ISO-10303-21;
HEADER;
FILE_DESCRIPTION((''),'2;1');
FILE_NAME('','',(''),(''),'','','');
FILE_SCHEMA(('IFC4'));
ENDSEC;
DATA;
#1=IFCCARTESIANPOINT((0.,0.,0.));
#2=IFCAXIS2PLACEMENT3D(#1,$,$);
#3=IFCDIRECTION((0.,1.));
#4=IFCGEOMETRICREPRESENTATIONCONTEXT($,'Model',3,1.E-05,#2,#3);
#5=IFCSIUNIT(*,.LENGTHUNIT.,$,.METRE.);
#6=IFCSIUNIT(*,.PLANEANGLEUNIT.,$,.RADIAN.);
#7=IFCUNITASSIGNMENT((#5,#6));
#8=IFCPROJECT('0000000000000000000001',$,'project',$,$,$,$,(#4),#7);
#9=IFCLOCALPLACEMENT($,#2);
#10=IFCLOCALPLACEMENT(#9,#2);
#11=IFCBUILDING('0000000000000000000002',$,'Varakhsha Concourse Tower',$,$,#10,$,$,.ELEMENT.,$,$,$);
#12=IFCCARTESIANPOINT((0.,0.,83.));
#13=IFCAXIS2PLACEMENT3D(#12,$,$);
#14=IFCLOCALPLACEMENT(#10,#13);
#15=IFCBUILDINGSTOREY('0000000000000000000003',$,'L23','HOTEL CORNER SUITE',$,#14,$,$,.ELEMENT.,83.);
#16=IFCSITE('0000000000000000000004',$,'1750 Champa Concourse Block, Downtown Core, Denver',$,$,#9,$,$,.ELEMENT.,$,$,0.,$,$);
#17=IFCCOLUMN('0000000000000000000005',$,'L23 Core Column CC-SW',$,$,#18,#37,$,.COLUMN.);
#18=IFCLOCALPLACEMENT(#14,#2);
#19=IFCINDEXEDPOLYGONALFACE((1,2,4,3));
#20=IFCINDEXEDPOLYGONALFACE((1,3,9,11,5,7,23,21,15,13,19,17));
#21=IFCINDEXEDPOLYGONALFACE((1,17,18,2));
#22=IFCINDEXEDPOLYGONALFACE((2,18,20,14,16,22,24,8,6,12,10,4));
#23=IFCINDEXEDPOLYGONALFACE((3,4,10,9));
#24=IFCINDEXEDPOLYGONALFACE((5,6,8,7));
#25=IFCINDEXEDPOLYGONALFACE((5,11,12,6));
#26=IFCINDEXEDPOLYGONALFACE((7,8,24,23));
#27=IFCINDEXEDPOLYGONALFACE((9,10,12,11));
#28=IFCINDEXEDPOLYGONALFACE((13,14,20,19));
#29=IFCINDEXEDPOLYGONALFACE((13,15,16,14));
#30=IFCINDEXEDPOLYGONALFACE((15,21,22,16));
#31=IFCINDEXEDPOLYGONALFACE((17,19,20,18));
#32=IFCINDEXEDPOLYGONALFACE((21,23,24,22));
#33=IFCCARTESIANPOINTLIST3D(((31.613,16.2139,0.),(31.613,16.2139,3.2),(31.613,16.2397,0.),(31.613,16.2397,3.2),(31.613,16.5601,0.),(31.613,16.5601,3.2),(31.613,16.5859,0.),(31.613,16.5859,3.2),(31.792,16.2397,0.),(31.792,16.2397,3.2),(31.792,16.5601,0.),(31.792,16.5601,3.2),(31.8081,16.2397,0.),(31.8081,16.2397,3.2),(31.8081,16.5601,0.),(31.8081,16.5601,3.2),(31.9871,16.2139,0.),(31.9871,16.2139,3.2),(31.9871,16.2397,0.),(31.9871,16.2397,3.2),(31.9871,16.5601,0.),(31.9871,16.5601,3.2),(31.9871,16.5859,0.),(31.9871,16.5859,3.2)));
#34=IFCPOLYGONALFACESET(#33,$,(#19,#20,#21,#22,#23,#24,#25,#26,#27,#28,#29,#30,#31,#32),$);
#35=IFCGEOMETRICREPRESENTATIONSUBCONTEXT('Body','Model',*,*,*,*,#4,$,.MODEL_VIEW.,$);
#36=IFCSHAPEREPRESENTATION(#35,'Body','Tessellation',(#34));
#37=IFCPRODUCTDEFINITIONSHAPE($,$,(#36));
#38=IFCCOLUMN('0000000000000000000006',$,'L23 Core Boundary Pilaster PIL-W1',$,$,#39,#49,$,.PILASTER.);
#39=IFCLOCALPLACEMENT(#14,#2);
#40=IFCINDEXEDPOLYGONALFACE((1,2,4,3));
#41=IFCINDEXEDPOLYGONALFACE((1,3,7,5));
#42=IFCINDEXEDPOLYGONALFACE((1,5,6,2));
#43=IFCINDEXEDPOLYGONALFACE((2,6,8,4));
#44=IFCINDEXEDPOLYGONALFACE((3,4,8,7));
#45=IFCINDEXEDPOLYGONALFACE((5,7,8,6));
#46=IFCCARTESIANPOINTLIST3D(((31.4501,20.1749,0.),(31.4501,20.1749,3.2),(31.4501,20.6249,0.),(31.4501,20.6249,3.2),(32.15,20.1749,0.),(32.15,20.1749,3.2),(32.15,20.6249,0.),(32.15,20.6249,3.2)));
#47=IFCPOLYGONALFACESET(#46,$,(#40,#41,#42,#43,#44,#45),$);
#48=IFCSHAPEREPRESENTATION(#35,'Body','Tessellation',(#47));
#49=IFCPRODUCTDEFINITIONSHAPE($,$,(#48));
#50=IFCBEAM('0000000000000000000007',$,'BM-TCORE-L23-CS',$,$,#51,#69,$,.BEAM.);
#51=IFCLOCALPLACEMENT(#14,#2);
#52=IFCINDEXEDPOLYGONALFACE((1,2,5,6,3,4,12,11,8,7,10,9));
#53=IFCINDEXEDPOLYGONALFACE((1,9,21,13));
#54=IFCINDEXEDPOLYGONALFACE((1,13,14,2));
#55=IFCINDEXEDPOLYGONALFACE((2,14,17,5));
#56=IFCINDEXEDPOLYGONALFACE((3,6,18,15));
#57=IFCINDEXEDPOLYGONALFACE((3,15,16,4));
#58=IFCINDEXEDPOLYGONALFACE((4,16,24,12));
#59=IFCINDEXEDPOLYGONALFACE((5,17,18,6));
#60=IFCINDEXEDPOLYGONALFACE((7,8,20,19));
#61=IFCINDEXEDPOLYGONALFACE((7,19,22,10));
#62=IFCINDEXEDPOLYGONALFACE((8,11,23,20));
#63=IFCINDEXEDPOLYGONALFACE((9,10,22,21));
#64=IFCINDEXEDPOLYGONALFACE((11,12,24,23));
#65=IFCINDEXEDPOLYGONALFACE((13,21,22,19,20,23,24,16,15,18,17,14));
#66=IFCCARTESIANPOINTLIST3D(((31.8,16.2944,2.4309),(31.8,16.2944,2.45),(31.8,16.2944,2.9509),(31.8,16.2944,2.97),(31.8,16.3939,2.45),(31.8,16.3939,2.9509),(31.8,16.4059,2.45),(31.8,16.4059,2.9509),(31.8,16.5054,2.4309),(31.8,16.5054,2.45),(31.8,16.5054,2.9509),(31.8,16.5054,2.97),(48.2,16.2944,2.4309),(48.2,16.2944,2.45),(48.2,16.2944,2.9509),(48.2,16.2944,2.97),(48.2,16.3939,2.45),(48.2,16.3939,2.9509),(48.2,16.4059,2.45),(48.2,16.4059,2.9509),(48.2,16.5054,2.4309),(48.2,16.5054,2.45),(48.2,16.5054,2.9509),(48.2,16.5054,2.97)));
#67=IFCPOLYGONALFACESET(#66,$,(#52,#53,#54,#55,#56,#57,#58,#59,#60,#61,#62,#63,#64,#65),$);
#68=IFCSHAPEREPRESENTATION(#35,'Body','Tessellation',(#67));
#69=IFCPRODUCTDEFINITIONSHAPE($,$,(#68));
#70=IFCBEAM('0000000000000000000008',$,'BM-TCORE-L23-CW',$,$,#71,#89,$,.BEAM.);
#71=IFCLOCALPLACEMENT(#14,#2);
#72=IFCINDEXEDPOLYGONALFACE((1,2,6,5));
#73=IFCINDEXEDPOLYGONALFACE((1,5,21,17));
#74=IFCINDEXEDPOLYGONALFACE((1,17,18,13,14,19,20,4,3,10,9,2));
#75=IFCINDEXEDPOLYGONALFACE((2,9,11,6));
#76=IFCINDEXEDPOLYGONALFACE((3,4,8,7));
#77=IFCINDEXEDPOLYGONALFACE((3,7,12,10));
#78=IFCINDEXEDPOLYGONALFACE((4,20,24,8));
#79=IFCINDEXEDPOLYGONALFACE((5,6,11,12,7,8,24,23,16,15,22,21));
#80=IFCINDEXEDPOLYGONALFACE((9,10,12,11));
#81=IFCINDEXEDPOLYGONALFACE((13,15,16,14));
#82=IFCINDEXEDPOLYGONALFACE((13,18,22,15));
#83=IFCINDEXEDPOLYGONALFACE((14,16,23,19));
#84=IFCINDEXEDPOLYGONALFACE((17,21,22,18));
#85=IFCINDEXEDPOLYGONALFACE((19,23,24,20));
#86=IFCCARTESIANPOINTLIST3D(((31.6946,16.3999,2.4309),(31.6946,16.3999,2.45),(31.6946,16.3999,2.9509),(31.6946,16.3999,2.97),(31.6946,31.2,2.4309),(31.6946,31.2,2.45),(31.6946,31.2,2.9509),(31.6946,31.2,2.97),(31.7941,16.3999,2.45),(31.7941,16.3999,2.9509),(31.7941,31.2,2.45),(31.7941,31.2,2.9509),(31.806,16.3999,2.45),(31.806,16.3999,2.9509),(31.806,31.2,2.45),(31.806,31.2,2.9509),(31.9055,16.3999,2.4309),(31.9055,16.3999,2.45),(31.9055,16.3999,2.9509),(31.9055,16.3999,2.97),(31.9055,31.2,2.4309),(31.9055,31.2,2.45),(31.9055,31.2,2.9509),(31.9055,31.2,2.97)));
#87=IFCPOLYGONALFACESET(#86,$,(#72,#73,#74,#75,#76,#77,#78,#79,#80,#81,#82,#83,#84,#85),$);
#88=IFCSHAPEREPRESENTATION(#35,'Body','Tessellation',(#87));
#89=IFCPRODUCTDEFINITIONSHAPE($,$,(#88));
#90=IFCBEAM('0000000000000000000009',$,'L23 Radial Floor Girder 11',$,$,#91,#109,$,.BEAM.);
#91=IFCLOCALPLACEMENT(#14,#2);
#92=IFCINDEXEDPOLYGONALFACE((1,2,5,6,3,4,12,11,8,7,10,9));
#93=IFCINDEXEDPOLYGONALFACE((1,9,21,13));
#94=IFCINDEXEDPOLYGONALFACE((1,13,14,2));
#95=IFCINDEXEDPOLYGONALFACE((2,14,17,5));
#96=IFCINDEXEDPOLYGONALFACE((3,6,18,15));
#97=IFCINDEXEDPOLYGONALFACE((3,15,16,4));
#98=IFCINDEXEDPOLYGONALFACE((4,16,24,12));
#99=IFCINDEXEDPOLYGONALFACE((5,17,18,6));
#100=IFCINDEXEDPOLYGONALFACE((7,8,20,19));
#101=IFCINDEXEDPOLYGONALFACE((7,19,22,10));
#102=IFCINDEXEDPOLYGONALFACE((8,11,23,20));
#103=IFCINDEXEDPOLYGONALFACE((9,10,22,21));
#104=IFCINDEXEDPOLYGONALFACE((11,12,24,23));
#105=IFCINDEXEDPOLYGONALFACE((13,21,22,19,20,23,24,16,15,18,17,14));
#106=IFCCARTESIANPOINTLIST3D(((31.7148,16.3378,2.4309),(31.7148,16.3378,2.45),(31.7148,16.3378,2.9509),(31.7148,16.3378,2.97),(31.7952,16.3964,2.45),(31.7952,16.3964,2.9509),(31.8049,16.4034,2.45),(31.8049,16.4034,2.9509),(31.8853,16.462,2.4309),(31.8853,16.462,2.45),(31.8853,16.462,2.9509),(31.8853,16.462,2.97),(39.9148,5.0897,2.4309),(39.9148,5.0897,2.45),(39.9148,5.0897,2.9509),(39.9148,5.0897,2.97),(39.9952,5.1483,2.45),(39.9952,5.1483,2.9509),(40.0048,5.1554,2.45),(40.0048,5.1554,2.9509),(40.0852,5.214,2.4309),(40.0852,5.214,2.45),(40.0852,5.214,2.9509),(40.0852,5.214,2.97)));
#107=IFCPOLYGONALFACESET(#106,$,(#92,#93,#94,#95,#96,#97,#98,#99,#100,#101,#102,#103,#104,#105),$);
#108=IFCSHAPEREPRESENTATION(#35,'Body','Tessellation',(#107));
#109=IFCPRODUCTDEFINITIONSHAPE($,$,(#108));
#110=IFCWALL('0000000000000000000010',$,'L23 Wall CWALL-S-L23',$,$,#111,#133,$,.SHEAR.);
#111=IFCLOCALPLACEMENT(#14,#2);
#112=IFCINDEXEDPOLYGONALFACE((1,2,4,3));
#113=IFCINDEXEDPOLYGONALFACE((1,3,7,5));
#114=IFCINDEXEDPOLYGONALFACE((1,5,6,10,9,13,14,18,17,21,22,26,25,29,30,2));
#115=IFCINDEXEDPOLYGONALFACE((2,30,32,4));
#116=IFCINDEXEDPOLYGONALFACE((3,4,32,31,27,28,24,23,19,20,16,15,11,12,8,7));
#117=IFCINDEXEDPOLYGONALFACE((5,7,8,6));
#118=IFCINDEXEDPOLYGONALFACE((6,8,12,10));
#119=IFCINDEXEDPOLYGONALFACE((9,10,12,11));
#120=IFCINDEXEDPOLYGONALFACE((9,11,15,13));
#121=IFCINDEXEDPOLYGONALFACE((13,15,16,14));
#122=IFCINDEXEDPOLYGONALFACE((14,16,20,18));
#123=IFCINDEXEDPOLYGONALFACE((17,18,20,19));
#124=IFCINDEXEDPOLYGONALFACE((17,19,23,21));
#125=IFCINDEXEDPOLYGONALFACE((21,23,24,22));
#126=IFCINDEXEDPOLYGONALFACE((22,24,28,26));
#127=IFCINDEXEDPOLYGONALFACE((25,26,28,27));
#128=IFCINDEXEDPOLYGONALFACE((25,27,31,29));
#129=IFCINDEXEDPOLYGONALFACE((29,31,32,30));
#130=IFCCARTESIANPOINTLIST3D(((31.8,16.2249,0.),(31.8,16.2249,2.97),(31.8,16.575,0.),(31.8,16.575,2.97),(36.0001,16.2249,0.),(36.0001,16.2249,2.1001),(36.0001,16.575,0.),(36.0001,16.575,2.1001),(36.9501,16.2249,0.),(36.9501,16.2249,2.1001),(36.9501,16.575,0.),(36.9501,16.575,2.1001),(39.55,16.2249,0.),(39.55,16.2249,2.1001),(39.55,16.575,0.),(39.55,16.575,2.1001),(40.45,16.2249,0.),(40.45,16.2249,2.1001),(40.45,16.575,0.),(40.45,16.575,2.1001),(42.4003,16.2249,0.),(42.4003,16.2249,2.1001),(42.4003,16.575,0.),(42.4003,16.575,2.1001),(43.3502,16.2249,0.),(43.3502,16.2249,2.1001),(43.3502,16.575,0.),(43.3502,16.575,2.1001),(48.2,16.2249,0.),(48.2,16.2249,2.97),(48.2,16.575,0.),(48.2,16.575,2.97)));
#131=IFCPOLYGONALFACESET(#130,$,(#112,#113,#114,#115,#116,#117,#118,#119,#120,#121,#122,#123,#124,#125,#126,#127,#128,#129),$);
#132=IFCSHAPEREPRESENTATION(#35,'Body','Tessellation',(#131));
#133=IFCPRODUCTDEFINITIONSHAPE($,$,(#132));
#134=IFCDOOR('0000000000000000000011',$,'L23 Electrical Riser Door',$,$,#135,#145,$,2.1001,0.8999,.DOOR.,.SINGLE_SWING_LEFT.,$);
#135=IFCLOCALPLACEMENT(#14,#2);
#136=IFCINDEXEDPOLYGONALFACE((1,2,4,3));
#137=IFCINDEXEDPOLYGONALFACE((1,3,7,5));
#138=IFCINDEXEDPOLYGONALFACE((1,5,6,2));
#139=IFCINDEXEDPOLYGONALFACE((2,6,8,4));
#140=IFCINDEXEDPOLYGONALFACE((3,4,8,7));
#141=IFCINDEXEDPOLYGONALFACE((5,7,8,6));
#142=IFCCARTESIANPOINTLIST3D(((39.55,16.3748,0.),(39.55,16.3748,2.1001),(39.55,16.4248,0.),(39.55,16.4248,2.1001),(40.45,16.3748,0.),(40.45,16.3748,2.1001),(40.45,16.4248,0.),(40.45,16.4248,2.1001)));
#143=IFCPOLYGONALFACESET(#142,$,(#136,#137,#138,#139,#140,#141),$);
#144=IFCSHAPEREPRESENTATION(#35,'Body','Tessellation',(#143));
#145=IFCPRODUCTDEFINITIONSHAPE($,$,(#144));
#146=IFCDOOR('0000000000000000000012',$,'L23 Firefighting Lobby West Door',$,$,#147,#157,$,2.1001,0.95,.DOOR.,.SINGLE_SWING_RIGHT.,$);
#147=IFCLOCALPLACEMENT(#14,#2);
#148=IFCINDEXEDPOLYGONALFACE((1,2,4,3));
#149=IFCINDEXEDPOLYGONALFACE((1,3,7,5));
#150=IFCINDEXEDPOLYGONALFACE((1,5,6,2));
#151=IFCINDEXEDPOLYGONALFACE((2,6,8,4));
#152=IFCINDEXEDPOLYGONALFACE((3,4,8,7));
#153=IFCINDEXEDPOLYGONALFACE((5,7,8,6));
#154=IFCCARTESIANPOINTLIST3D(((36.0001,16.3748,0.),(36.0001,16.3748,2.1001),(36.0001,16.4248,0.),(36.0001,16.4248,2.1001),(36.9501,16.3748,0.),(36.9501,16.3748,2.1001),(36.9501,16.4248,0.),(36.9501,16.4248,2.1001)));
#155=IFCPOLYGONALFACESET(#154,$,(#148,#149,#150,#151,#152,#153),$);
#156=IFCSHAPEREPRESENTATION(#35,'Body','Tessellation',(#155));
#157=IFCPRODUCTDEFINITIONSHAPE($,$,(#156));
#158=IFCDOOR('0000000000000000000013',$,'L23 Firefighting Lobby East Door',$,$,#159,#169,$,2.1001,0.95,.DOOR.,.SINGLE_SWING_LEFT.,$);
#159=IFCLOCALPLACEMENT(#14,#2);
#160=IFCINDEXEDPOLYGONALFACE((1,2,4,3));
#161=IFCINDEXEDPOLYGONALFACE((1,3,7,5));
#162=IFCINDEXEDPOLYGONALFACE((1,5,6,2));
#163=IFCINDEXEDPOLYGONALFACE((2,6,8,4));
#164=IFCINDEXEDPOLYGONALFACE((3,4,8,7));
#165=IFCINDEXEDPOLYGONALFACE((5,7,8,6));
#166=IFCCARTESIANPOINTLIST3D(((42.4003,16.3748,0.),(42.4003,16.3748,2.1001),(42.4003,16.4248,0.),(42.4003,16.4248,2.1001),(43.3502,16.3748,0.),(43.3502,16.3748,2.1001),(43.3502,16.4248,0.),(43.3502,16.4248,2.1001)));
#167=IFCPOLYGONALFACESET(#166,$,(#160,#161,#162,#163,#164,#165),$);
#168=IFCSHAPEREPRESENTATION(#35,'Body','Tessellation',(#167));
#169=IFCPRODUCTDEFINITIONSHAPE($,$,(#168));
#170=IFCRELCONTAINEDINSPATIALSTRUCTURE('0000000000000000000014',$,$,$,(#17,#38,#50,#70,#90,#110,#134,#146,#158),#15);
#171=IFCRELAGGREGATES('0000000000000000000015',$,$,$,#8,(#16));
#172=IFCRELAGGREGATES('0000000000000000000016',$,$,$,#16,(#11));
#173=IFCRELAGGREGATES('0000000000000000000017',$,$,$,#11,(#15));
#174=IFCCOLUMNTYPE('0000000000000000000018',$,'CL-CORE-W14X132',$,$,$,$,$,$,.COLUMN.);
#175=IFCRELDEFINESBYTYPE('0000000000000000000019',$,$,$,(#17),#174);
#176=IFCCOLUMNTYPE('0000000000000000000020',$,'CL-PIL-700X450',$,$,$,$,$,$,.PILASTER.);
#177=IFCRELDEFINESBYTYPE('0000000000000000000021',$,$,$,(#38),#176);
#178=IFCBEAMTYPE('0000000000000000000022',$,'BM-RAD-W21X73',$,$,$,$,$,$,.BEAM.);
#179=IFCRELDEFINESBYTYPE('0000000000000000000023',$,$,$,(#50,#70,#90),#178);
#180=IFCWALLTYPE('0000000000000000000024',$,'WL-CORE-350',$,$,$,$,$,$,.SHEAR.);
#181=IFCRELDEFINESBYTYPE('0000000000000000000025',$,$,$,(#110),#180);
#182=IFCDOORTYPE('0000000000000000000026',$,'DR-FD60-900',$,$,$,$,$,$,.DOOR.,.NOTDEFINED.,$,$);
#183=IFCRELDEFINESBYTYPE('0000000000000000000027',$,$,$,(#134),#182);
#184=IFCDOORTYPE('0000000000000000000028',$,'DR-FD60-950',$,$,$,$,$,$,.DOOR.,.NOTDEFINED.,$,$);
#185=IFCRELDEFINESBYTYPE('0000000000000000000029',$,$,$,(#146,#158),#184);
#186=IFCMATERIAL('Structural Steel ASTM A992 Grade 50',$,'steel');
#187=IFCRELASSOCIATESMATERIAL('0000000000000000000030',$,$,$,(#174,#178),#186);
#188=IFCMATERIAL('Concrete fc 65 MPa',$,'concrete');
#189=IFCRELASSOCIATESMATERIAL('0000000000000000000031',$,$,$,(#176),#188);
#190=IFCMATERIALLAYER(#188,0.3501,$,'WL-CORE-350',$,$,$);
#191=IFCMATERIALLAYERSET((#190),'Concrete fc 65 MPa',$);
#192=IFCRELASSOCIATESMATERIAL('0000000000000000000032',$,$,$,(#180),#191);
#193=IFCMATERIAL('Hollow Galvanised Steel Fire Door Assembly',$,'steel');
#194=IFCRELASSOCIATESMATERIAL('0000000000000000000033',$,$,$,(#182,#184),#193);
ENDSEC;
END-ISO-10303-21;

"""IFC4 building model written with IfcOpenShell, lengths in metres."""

from ifc_helpers import new_model, si_unit, direction, frame, frame_2d, origin, origin_2d, place, context, subcontext, project, spatial, rectangle, i_section, extrude, material, layer, layer_set, material_profile, profile_set, type_object, element, fill, save


model = new_model("IFC4")

# Units and contexts
model_context = context("Model", 3, precision=1e-05, world=origin(), true_north=direction((0.0, 1.0)))
body_context = subcontext(model_context, "Body", "Model", "MODEL_VIEW")
ifc_project = project(units=[si_unit("LENGTHUNIT", "METRE"), si_unit("PLANEANGLEUNIT", "RADIAN")], contexts=[model_context])

# Site, building, storey
site_placement = place(None, origin())
site = spatial("IfcSite", under=ifc_project, at=site_placement, Name="1750 Champa Concourse Block, Downtown Core, Denver", CompositionType="ELEMENT", RefElevation=0.0)
building_placement = place(site_placement, origin())
building = spatial("IfcBuilding", under=site, at=building_placement, Name="Varakhsha Concourse Tower", CompositionType="ELEMENT")
storey_placement = place(building_placement, frame((0.0, 0.0, 83.0)))
storey = spatial("IfcBuildingStorey", under=building, at=storey_placement, Name="L23", Description="HOTEL CORNER SUITE", CompositionType="ELEMENT", Elevation=83.0)

# Columns
ifc_material_1 = material(Name="Structural Steel ASTM A992 Grade 50", Category="steel")
ifc_material_profile_1 = material_profile(ifc_material_1, i_section(OverallWidth=0.374, OverallDepth=0.3721, WebThickness=0.0161, FlangeThickness=0.0259, at=origin_2d()), Name="W14X132")
ifc_profile_set_1 = profile_set([ifc_material_profile_1], Name="Structural Steel ASTM A992 Grade 50")
column_type_1 = type_object("IfcColumnType", Name="CL-CORE-W14X132", PredefinedType="COLUMN", material=ifc_profile_set_1)
column_1_placement = place(storey_placement, frame((31.8, 16.3999, 0.0), z_axis=(0.0, 0.0, 1.0), x_axis=(1.0, 0.0, 0.0)))
element("IfcColumn", 1, at=column_1_placement, inside=storey, type_object=column_type_1, Name="L23 Core Column CC-SW", PredefinedType="COLUMN", context=body_context, shape_type="SweptSolid", body=[
    extrude(i_section(OverallWidth=0.374, OverallDepth=0.3721, WebThickness=0.0161, FlangeThickness=0.0259, at=origin_2d()), origin(), (0.0, 0.0, 1.0), 3.2),
])
ifc_material_2 = material(Name="Concrete fc 65 MPa", Category="concrete")
ifc_material_profile_2 = material_profile(ifc_material_2, rectangle(XDim=0.7, YDim=0.45, at=origin_2d()), Name="RC 700x450")
ifc_profile_set_2 = profile_set([ifc_material_profile_2], Name="Concrete fc 65 MPa")
column_type_2 = type_object("IfcColumnType", Name="CL-PIL-700X450", PredefinedType="PILASTER", material=ifc_profile_set_2)
column_2_placement = place(storey_placement, frame((31.8, 20.3999, 0.0), z_axis=(0.0, 0.0, 1.0), x_axis=(1.0, 0.0, 0.0)))
element("IfcColumn", 2, at=column_2_placement, inside=storey, type_object=column_type_2, Name="L23 Core Boundary Pilaster PIL-W1", PredefinedType="PILASTER", context=body_context, shape_type="SweptSolid", body=[
    extrude(rectangle(XDim=0.7, YDim=0.45, at=origin_2d()), origin(), (0.0, 0.0, 1.0), 3.2),
])

# Beams
ifc_material_profile_3 = material_profile(ifc_material_1, i_section(OverallWidth=0.2109, OverallDepth=0.5391, WebThickness=0.012, FlangeThickness=0.019, at=origin_2d()), Name="W21X73")
ifc_profile_set_3 = profile_set([ifc_material_profile_3], Name="Structural Steel ASTM A992 Grade 50")
beam_type = type_object("IfcBeamType", Name="BM-RAD-W21X73", PredefinedType="BEAM", material=ifc_profile_set_3)
beam_1_placement = place(storey_placement, frame((31.8, 16.3999, 2.7004), z_axis=(1.0, 0.0, 0.0), x_axis=(0.0, 1.0, 0.0)))
element("IfcBeam", 3, at=beam_1_placement, inside=storey, type_object=beam_type, Name="BM-TCORE-L23-CS", PredefinedType="BEAM", context=body_context, shape_type="SweptSolid", body=[
    extrude(i_section(OverallWidth=0.2109, OverallDepth=0.5391, WebThickness=0.012, FlangeThickness=0.019, at=origin_2d()), origin(), (0.0, 0.0, 1.0), 16.3999),
])
beam_2_placement = place(storey_placement, frame((31.8, 16.3999, 2.7004), z_axis=(0.0, 1.0, 0.0), x_axis=(-1.0, 0.0, 0.0)))
element("IfcBeam", 4, at=beam_2_placement, inside=storey, type_object=beam_type, Name="BM-TCORE-L23-CW", PredefinedType="BEAM", context=body_context, shape_type="SweptSolid", body=[
    extrude(i_section(OverallWidth=0.2109, OverallDepth=0.5391, WebThickness=0.012, FlangeThickness=0.019, at=origin_2d()), origin(), (0.0, 0.0, 1.0), 14.8),
])
beam_3_placement = place(storey_placement, frame((31.8, 16.3999, 2.7004), z_axis=(0.58909, -0.808067, 0.0), x_axis=(0.808067, 0.58909, 0.0)))
element("IfcBeam", 5, at=beam_3_placement, inside=storey, type_object=beam_type, Name="L23 Radial Floor Girder 11", PredefinedType="BEAM", context=body_context, shape_type="SweptSolid", body=[
    extrude(i_section(OverallWidth=0.2109, OverallDepth=0.5391, WebThickness=0.012, FlangeThickness=0.019, at=origin_2d()), origin(), (0.0, 0.0, 1.0), 13.9197),
])

# Wall, openings, doors
ifc_layer_1 = layer(ifc_material_2, 0.3501, Name="WL-CORE-350")
ifc_layer_set_1 = layer_set([ifc_layer_1], Name="Concrete fc 65 MPa")
wall_type_1 = type_object("IfcWallType", Name="WL-CORE-350", PredefinedType="SHEAR", material=ifc_layer_set_1)
wall_1_placement = place(storey_placement, frame((31.8, 16.3999, 0.0), z_axis=(0.0, 0.0, 1.0), x_axis=(1.0, 0.0, 0.0)))
wall_1 = element("IfcWall", 6, at=wall_1_placement, inside=storey, type_object=wall_type_1, Name="L23 Wall CWALL-S-L23", PredefinedType="SHEAR", context=body_context, shape_type="SweptSolid", body=[
    extrude(rectangle(XDim=16.3999, YDim=0.3501, at=frame_2d((8.2, 0.0))), origin(), (0.0, 0.0, 1.0), 2.97),
])
opening_1_placement = place(wall_1_placement, frame((7.75, 0.0, 0.0)))
opening_1 = element("IfcOpeningElement", 7, at=opening_1_placement, cuts=wall_1, PredefinedType="OPENING", context=body_context, shape_type="SweptSolid", body=[
    extrude(rectangle(XDim=0.8999, YDim=2.1001, at=frame_2d((0.45, 1.05))), frame((0.0, 0.1851, 0.0), z_axis=(0.0, -1.0, 0.0), x_axis=(1.0, 0.0, 0.0)), (0.0, 0.0, 1.0), 0.3701),
])
opening_2_placement = place(wall_1_placement, frame((4.2, 0.0, 0.0)))
opening_2 = element("IfcOpeningElement", 8, at=opening_2_placement, cuts=wall_1, PredefinedType="OPENING", context=body_context, shape_type="SweptSolid", body=[
    extrude(rectangle(XDim=0.95, YDim=2.1001, at=frame_2d((0.4751, 1.05))), frame((0.0, 0.1851, 0.0), z_axis=(0.0, -1.0, 0.0), x_axis=(1.0, 0.0, 0.0)), (0.0, 0.0, 1.0), 0.3701),
])
opening_3_placement = place(wall_1_placement, frame((10.6001, 0.0, 0.0)))
opening_3 = element("IfcOpeningElement", 9, at=opening_3_placement, cuts=wall_1, PredefinedType="OPENING", context=body_context, shape_type="SweptSolid", body=[
    extrude(rectangle(XDim=0.95, YDim=2.1001, at=frame_2d((0.4751, 1.05))), frame((0.0, 0.1851, 0.0), z_axis=(0.0, -1.0, 0.0), x_axis=(1.0, 0.0, 0.0)), (0.0, 0.0, 1.0), 0.3701),
])
ifc_material_3 = material(Name="Hollow Galvanised Steel Fire Door Assembly", Category="steel")
door_type_1 = type_object("IfcDoorType", Name="DR-FD60-900", OperationType="NOTDEFINED", PredefinedType="DOOR", material=ifc_material_3)
door_1_placement = place(opening_1_placement, origin())
door_1 = element("IfcDoor", 10, at=door_1_placement, inside=storey, type_object=door_type_1, Name="L23 Electrical Riser Door", OperationType="SINGLE_SWING_LEFT", OverallHeight=2.1001, OverallWidth=0.8999, PredefinedType="DOOR", context=body_context, shape_type="SweptSolid", body=[
    extrude(rectangle(XDim=0.8999, YDim=2.1001, at=frame_2d((0.45, 1.05))), frame((0.0, 0.0249, 0.0), z_axis=(0.0, -1.0, 0.0), x_axis=(1.0, 0.0, 0.0)), (0.0, 0.0, 1.0), 0.05),
])
fill(opening_1, door_1)
door_type_2 = type_object("IfcDoorType", Name="DR-FD60-950", OperationType="NOTDEFINED", PredefinedType="DOOR", material=ifc_material_3)
door_2_placement = place(opening_2_placement, origin())
door_2 = element("IfcDoor", 11, at=door_2_placement, inside=storey, type_object=door_type_2, Name="L23 Firefighting Lobby West Door", OperationType="SINGLE_SWING_RIGHT", OverallHeight=2.1001, OverallWidth=0.95, PredefinedType="DOOR", context=body_context, shape_type="SweptSolid", body=[
    extrude(rectangle(XDim=0.95, YDim=2.1001, at=frame_2d((0.4751, 1.05))), frame((0.0, 0.0249, 0.0), z_axis=(0.0, -1.0, 0.0), x_axis=(1.0, 0.0, 0.0)), (0.0, 0.0, 1.0), 0.05),
])
fill(opening_2, door_2)
door_3_placement = place(opening_3_placement, origin())
door_3 = element("IfcDoor", 12, at=door_3_placement, inside=storey, type_object=door_type_2, Name="L23 Firefighting Lobby East Door", OperationType="SINGLE_SWING_LEFT", OverallHeight=2.1001, OverallWidth=0.95, PredefinedType="DOOR", context=body_context, shape_type="SweptSolid", body=[
    extrude(rectangle(XDim=0.95, YDim=2.1001, at=frame_2d((0.4751, 1.05))), frame((0.0, 0.0249, 0.0), z_axis=(0.0, -1.0, 0.0), x_axis=(1.0, 0.0, 0.0)), (0.0, 0.0, 1.0), 0.05),
])
fill(opening_3, door_3)

save(model, "model.ifc")
